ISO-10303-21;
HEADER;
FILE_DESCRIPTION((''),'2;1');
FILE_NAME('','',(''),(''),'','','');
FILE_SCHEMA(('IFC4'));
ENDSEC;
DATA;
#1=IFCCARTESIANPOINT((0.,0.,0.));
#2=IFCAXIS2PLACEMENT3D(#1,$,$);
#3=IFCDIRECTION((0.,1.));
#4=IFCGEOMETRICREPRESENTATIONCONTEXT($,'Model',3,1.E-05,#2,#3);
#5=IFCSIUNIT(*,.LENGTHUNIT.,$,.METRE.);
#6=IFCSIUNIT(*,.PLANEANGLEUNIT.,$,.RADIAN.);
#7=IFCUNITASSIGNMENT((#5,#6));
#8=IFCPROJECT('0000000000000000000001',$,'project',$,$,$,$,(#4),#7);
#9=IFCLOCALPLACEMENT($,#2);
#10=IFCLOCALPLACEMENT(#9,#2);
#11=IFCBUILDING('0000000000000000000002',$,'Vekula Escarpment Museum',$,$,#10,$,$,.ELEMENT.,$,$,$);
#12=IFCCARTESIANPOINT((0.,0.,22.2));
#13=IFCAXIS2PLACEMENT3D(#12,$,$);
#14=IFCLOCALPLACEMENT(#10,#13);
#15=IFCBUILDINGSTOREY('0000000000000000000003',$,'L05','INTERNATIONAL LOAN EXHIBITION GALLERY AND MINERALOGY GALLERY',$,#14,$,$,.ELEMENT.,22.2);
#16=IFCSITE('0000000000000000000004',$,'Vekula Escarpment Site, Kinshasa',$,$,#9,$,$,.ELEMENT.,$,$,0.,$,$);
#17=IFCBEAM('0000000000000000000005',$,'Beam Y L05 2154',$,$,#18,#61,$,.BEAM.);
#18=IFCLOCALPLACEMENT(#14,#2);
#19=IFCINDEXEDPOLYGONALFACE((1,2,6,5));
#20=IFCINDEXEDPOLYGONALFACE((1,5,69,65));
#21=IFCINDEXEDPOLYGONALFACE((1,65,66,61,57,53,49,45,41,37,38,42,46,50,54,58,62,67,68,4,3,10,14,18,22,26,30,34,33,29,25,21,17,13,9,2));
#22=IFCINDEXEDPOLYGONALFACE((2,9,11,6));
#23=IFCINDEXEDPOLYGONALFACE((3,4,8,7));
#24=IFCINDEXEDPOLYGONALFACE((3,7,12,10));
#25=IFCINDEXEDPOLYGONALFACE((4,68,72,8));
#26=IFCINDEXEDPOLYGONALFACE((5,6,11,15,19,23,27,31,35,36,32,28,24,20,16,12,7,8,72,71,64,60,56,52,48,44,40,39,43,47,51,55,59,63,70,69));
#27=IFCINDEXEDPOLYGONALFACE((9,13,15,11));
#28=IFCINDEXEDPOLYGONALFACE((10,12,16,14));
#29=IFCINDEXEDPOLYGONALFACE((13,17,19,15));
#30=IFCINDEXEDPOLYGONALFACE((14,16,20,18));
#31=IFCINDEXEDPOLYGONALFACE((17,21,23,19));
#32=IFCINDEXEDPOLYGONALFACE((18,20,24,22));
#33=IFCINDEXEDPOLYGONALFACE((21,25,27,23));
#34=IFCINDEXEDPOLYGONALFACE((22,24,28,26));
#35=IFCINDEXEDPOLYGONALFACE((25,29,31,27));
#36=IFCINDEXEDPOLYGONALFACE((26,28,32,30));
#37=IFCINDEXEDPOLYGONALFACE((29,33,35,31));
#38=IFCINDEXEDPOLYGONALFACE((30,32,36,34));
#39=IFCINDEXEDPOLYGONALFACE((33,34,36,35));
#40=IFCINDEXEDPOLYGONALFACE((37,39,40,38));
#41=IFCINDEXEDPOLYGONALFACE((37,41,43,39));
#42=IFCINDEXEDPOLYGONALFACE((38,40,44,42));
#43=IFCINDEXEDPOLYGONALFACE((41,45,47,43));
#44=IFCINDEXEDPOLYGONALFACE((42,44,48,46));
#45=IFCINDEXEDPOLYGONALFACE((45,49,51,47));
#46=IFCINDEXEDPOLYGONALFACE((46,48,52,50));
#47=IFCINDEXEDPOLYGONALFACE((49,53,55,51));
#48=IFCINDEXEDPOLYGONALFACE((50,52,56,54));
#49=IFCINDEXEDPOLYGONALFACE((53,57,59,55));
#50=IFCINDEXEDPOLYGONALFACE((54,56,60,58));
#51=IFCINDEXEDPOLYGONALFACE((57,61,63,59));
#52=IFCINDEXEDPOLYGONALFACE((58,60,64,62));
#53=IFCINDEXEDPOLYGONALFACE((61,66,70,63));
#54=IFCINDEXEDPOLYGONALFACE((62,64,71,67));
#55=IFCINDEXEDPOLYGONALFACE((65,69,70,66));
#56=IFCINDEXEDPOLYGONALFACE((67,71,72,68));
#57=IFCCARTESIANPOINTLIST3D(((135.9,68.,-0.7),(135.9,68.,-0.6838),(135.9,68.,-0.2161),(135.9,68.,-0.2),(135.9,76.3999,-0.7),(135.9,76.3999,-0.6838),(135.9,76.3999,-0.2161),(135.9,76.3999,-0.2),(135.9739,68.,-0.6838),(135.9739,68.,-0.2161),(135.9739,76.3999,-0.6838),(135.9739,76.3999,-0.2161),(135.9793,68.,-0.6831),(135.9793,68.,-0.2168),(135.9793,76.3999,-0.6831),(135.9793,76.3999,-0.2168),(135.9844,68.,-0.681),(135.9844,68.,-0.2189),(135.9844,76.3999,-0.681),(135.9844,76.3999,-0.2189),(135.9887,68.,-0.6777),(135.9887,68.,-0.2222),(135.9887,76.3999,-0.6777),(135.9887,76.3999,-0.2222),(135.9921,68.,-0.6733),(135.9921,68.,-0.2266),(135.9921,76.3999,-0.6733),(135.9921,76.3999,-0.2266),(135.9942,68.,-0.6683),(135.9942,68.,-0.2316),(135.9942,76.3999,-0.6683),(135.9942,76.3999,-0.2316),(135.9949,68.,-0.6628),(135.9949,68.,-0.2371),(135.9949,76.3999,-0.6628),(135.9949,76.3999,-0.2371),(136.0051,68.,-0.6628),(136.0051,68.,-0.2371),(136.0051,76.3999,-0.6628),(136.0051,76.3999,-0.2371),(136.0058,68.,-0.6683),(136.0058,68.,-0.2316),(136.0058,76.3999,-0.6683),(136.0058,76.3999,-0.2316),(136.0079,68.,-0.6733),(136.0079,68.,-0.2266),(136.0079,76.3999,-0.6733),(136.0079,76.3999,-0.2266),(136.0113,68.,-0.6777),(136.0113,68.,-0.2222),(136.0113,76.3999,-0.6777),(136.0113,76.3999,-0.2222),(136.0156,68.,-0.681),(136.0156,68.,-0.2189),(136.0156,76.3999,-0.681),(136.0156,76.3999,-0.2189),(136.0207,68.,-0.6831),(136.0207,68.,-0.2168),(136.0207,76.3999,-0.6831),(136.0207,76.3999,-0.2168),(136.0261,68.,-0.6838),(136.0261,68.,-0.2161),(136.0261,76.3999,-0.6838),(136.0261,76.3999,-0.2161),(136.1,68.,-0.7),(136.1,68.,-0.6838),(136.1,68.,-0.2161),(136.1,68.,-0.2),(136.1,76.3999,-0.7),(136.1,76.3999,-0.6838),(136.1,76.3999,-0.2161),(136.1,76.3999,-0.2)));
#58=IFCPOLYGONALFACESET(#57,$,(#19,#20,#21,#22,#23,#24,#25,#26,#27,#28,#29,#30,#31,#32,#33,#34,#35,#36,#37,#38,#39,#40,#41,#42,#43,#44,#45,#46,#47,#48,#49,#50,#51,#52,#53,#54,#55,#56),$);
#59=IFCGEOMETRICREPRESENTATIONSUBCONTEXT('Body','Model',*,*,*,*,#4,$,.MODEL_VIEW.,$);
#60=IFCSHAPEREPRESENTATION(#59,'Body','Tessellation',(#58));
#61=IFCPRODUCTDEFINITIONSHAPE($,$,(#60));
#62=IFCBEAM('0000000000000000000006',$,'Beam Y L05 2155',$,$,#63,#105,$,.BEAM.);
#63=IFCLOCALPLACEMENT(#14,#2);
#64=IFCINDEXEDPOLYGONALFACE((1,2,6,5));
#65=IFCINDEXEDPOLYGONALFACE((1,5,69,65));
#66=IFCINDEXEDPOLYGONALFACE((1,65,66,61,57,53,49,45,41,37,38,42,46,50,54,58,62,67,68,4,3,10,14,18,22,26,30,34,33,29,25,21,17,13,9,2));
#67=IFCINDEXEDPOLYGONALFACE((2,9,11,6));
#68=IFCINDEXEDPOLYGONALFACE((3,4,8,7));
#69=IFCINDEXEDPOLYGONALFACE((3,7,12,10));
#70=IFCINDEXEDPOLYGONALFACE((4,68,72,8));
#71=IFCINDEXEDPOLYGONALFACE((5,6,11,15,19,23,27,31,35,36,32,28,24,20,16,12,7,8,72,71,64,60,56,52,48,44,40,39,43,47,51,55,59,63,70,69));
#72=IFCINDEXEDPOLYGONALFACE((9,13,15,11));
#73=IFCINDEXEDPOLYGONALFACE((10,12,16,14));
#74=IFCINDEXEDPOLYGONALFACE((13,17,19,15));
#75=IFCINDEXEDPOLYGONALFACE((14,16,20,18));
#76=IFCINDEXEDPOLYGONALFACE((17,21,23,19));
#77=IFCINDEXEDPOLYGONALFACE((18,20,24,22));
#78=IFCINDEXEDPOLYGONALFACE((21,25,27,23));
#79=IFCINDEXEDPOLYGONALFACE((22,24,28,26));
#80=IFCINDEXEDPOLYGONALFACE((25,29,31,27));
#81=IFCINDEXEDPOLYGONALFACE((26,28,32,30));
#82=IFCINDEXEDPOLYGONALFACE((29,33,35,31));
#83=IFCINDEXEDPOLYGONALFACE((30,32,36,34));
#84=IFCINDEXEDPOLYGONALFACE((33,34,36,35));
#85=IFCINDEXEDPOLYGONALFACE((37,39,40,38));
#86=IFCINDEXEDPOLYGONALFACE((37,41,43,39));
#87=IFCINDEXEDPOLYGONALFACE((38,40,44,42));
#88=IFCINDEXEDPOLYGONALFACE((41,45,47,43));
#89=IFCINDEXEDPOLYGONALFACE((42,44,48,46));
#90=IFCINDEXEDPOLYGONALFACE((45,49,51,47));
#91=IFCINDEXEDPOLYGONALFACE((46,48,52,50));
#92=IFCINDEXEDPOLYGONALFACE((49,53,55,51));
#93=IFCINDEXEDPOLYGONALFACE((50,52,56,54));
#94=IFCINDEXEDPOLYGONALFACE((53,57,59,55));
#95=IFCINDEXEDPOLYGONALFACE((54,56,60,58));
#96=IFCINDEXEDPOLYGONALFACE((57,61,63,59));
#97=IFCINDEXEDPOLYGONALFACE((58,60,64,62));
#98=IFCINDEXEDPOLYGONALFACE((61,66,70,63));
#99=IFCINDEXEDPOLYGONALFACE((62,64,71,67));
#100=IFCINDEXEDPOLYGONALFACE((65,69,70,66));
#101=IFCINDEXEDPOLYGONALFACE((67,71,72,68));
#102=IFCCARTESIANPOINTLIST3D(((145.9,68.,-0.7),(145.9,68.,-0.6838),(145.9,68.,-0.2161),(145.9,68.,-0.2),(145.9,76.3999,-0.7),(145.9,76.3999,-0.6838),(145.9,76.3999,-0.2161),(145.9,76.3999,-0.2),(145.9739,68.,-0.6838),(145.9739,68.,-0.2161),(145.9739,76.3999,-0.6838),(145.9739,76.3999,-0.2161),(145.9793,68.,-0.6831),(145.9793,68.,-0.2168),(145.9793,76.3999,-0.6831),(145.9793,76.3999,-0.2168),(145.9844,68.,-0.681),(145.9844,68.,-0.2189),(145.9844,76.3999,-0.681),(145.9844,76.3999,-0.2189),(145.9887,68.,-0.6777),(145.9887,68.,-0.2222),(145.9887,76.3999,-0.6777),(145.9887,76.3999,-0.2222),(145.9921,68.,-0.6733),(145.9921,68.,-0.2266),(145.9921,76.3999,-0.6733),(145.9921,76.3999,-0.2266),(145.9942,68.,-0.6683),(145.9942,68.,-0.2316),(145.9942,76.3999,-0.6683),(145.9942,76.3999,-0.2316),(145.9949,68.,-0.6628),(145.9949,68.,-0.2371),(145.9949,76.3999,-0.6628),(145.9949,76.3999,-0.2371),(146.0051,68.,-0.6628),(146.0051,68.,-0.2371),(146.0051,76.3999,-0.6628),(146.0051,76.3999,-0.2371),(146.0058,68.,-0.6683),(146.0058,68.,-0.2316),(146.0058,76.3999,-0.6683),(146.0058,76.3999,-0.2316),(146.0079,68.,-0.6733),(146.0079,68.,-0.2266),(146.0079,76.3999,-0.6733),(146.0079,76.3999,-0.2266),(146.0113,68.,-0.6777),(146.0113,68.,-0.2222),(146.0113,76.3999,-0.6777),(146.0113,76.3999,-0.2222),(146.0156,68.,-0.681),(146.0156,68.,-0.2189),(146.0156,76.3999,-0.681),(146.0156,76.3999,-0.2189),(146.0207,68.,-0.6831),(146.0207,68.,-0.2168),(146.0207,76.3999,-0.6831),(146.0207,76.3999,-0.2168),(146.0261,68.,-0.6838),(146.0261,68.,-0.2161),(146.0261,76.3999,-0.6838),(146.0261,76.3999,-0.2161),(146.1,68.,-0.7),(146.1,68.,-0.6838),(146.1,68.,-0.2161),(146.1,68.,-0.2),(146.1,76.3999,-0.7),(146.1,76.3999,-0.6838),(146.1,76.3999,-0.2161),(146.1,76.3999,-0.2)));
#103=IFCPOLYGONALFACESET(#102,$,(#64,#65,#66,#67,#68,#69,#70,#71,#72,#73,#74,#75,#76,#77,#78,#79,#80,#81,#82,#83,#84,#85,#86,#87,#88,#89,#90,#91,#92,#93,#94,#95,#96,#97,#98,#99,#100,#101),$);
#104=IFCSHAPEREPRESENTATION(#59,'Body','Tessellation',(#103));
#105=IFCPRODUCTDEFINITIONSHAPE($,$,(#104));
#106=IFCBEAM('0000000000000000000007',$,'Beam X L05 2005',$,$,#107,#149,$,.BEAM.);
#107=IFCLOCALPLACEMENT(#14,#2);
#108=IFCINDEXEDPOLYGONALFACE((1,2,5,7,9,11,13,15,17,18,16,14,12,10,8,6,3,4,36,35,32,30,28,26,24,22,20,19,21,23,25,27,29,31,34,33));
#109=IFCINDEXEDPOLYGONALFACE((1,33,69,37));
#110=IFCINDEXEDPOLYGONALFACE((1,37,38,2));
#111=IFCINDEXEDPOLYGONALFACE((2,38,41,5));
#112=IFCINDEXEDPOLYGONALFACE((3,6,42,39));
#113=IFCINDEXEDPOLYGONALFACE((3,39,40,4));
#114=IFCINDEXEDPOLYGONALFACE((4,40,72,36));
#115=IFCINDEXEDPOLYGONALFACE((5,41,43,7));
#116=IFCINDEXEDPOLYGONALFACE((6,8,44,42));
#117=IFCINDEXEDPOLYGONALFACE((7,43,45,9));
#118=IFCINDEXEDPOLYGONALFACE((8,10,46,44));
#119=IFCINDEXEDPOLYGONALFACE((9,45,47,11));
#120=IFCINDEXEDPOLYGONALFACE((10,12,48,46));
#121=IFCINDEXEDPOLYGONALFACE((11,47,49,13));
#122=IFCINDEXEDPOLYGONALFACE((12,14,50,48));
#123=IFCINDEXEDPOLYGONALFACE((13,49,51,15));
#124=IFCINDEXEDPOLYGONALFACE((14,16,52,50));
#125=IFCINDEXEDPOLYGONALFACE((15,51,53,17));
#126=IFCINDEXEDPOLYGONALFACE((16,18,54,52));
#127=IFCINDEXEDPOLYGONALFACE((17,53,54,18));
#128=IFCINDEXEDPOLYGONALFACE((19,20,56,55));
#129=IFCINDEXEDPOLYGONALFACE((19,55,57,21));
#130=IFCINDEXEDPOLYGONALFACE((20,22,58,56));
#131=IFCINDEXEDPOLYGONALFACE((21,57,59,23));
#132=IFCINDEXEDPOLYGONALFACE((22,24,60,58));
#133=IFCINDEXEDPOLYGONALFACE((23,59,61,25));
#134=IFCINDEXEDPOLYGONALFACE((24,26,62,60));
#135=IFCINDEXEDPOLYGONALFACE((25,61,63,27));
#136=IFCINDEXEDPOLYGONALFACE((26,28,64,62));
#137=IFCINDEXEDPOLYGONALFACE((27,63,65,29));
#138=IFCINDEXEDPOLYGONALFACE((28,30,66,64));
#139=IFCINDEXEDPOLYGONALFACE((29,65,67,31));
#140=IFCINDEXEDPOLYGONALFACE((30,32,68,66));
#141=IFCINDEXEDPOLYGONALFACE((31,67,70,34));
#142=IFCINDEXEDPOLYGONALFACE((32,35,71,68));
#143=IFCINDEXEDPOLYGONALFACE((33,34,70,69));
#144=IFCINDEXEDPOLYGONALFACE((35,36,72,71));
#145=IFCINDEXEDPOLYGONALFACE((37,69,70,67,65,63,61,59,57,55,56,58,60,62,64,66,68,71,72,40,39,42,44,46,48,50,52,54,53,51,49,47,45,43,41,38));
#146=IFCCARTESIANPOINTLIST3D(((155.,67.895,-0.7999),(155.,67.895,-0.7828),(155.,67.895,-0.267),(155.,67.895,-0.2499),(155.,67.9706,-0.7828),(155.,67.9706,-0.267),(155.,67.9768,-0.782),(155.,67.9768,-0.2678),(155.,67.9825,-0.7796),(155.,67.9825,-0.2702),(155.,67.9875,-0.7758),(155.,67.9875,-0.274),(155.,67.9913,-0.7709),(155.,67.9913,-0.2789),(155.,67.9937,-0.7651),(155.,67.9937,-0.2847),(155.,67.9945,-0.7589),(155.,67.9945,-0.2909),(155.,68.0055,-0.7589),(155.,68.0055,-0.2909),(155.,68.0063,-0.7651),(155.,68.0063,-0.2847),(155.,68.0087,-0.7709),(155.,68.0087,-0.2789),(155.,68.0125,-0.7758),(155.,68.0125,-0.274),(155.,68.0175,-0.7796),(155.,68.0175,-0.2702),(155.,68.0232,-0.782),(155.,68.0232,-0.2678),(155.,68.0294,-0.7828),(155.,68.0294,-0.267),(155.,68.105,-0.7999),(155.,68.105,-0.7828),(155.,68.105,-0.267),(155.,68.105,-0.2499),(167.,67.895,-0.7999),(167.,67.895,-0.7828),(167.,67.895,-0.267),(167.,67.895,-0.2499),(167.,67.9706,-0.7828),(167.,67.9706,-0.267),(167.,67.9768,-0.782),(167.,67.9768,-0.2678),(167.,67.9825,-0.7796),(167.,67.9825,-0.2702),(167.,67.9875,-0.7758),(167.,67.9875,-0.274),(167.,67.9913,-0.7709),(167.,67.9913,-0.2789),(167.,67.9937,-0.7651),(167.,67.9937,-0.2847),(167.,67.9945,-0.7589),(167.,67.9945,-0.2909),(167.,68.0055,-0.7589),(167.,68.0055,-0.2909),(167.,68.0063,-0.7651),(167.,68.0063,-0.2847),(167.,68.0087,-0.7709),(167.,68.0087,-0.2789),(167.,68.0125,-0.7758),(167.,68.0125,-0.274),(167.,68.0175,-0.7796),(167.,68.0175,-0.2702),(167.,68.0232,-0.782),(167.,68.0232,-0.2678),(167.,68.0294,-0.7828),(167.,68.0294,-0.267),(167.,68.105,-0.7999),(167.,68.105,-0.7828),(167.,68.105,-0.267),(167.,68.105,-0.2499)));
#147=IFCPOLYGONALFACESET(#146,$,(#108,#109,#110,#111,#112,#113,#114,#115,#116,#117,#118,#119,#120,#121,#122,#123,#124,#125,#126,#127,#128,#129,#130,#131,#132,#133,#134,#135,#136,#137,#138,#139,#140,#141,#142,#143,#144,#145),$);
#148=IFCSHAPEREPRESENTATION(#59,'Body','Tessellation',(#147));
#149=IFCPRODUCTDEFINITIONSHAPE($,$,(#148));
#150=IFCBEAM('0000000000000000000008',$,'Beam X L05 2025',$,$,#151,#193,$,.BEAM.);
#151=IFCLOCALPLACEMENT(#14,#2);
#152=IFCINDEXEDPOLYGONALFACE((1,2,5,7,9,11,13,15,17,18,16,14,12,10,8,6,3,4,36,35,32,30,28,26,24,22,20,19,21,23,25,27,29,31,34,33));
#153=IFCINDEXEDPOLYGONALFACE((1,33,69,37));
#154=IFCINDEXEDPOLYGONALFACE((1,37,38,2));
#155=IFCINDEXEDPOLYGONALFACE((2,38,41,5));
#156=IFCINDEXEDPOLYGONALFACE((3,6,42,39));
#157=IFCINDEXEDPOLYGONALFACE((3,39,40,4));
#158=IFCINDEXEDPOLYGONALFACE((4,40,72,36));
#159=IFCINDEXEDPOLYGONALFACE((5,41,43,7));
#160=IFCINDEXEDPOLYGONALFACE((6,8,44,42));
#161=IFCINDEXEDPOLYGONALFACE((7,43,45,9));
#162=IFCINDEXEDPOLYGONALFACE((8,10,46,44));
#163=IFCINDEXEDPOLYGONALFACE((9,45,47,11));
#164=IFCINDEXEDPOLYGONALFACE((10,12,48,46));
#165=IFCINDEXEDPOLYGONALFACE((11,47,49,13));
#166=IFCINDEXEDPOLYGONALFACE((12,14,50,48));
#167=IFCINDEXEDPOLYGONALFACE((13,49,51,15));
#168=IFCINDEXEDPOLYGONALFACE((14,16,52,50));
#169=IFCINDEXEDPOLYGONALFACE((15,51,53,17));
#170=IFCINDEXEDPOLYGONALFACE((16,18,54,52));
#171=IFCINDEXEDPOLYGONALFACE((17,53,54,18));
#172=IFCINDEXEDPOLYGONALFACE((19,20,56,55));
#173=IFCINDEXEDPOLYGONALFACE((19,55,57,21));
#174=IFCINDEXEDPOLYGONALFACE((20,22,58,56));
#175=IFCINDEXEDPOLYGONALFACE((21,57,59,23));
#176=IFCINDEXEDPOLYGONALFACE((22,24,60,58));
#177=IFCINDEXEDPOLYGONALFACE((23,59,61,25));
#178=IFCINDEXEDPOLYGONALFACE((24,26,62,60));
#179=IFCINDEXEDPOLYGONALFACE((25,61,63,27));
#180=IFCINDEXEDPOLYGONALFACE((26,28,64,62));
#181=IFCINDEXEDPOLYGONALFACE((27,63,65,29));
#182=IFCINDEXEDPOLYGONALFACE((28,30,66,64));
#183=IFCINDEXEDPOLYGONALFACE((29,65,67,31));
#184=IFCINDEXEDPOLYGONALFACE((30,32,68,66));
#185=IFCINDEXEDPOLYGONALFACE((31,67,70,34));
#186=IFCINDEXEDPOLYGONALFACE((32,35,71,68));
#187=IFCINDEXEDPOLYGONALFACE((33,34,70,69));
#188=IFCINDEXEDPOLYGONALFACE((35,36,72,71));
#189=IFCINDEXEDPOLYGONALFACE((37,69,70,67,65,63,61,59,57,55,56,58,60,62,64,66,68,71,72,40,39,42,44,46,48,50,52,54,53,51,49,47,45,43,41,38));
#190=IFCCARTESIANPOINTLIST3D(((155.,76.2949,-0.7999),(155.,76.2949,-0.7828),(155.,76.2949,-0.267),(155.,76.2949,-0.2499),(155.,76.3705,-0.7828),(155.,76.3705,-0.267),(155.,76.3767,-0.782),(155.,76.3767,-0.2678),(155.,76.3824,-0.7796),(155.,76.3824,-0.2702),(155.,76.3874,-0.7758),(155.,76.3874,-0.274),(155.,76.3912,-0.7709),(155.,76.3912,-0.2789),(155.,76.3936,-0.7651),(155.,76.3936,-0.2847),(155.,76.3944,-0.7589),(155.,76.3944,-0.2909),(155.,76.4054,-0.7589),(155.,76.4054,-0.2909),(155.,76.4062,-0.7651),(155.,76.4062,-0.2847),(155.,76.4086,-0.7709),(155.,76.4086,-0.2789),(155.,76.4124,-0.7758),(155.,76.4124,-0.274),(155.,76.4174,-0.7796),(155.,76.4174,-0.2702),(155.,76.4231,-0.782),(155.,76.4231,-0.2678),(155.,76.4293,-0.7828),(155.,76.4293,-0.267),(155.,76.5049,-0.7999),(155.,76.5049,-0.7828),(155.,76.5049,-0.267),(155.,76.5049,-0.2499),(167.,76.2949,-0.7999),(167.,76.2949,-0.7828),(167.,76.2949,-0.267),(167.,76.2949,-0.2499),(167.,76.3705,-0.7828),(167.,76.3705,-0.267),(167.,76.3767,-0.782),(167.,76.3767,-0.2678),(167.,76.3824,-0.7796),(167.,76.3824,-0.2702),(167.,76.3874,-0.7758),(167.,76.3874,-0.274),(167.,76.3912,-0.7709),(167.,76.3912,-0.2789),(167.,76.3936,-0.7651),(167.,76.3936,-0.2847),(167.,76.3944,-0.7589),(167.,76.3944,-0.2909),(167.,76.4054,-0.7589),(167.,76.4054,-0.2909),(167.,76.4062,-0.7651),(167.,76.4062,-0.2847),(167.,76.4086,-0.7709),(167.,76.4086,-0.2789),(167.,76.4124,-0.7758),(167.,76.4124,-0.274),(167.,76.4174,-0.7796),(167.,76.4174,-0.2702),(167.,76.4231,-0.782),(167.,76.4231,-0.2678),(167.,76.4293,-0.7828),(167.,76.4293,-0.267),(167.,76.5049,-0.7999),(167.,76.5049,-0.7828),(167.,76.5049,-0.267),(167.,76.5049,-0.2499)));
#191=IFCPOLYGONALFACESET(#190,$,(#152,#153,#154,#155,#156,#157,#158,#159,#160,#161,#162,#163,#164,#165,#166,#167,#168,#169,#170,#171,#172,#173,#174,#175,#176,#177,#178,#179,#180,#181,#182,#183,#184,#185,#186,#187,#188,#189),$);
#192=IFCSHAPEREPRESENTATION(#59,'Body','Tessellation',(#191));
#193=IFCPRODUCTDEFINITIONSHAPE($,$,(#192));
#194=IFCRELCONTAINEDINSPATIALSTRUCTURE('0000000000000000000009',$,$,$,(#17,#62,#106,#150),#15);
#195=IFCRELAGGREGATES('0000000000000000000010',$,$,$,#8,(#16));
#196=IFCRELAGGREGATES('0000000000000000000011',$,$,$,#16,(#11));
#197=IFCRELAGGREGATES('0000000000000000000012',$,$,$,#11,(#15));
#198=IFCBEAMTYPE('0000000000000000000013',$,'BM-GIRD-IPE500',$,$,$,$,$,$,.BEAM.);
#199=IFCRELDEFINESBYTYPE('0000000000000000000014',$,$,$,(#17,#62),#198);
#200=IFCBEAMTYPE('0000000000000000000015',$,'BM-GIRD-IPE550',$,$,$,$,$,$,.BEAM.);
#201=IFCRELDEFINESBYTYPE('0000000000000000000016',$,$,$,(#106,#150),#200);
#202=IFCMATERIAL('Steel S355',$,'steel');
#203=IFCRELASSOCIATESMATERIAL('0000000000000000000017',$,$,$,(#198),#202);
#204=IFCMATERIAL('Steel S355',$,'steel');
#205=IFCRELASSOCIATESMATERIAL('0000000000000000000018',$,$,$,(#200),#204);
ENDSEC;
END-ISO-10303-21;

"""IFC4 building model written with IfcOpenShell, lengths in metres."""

from ifc_helpers import new_model, si_unit, direction, frame, origin, origin_2d, place, context, subcontext, project, spatial, i_section, extrude, material, material_profile, profile_set, type_object, element, save


model = new_model("IFC4")

# Units and contexts
model_context = context("Model", 3, precision=1e-05, world=origin(), true_north=direction((0.0, 1.0)))
body_context = subcontext(model_context, "Body", "Model", "MODEL_VIEW")
ifc_project = project(units=[si_unit("LENGTHUNIT", "METRE"), si_unit("PLANEANGLEUNIT", "RADIAN")], contexts=[model_context])

# Site, building, storey
site_placement = place(None, origin())
site = spatial("IfcSite", under=ifc_project, at=site_placement, Name="Vekula Escarpment Site, Kinshasa", CompositionType="ELEMENT", RefElevation=0.0)
building_placement = place(site_placement, origin())
building = spatial("IfcBuilding", under=site, at=building_placement, Name="Vekula Escarpment Museum", CompositionType="ELEMENT")
storey_placement = place(building_placement, frame((0.0, 0.0, 22.2)))
storey = spatial("IfcBuildingStorey", under=building, at=storey_placement, Name="L05", Description="INTERNATIONAL LOAN EXHIBITION GALLERY AND MINERALOGY GALLERY", CompositionType="ELEMENT", Elevation=22.2)

# Beams
ifc_material_1 = material(Name="Steel S355", Category="steel")
ifc_material_profile_1 = material_profile(ifc_material_1, i_section(OverallWidth=0.2, OverallDepth=0.5, WebThickness=0.0103, FlangeThickness=0.0161, FilletRadius=0.021, at=origin_2d()), Name="IPE 500")
ifc_profile_set_1 = profile_set([ifc_material_profile_1], Name="Steel S355")
beam_type_1 = type_object("IfcBeamType", Name="BM-GIRD-IPE500", PredefinedType="BEAM", material=ifc_profile_set_1)
for number, where, z_axis, x_axis, name in (
    (1, (136.0, 68.0, -0.45), (0.0, 1.0, 0.0), (-1.0, 0.0, 0.0), "Beam Y L05 2154"),
    (2, (146.0, 68.0, -0.45), (0.0, 1.0, 0.0), (-1.0, 0.0, 0.0), "Beam Y L05 2155"),
):
    element("IfcBeam", number, at=place(storey_placement, frame(where, z_axis=z_axis, x_axis=x_axis)), inside=storey, type_object=beam_type_1, Name=name, PredefinedType="BEAM", context=body_context, shape_type="SweptSolid", body=[
        extrude(i_section(OverallWidth=0.2, OverallDepth=0.5, WebThickness=0.0103, FlangeThickness=0.0161, FilletRadius=0.021, at=origin_2d()), origin(), (0.0, 0.0, 1.0), 8.3999),
    ])
ifc_material_2 = material(Name="Steel S355", Category="steel")
ifc_material_profile_2 = material_profile(ifc_material_2, i_section(OverallWidth=0.21, OverallDepth=0.55, WebThickness=0.011, FlangeThickness=0.0171, FilletRadius=0.0239, at=origin_2d()), Name="IPE 550")
ifc_profile_set_2 = profile_set([ifc_material_profile_2], Name="Steel S355")
beam_type_2 = type_object("IfcBeamType", Name="BM-GIRD-IPE550", PredefinedType="BEAM", material=ifc_profile_set_2)
for number, where, z_axis, x_axis, name in (
    (3, (155.0, 68.0, -0.5249), (1.0, 0.0, 0.0), (0.0, 1.0, 0.0), "Beam X L05 2005"),
    (4, (155.0, 76.3999, -0.5249), (1.0, 0.0, 0.0), (0.0, 1.0, 0.0), "Beam X L05 2025"),
):
    element("IfcBeam", number, at=place(storey_placement, frame(where, z_axis=z_axis, x_axis=x_axis)), inside=storey, type_object=beam_type_2, Name=name, PredefinedType="BEAM", context=body_context, shape_type="SweptSolid", body=[
        extrude(i_section(OverallWidth=0.21, OverallDepth=0.55, WebThickness=0.011, FlangeThickness=0.0171, FilletRadius=0.0239, at=origin_2d()), origin(), (0.0, 0.0, 1.0), 12.0),
    ])

save(model, "model.ifc")
